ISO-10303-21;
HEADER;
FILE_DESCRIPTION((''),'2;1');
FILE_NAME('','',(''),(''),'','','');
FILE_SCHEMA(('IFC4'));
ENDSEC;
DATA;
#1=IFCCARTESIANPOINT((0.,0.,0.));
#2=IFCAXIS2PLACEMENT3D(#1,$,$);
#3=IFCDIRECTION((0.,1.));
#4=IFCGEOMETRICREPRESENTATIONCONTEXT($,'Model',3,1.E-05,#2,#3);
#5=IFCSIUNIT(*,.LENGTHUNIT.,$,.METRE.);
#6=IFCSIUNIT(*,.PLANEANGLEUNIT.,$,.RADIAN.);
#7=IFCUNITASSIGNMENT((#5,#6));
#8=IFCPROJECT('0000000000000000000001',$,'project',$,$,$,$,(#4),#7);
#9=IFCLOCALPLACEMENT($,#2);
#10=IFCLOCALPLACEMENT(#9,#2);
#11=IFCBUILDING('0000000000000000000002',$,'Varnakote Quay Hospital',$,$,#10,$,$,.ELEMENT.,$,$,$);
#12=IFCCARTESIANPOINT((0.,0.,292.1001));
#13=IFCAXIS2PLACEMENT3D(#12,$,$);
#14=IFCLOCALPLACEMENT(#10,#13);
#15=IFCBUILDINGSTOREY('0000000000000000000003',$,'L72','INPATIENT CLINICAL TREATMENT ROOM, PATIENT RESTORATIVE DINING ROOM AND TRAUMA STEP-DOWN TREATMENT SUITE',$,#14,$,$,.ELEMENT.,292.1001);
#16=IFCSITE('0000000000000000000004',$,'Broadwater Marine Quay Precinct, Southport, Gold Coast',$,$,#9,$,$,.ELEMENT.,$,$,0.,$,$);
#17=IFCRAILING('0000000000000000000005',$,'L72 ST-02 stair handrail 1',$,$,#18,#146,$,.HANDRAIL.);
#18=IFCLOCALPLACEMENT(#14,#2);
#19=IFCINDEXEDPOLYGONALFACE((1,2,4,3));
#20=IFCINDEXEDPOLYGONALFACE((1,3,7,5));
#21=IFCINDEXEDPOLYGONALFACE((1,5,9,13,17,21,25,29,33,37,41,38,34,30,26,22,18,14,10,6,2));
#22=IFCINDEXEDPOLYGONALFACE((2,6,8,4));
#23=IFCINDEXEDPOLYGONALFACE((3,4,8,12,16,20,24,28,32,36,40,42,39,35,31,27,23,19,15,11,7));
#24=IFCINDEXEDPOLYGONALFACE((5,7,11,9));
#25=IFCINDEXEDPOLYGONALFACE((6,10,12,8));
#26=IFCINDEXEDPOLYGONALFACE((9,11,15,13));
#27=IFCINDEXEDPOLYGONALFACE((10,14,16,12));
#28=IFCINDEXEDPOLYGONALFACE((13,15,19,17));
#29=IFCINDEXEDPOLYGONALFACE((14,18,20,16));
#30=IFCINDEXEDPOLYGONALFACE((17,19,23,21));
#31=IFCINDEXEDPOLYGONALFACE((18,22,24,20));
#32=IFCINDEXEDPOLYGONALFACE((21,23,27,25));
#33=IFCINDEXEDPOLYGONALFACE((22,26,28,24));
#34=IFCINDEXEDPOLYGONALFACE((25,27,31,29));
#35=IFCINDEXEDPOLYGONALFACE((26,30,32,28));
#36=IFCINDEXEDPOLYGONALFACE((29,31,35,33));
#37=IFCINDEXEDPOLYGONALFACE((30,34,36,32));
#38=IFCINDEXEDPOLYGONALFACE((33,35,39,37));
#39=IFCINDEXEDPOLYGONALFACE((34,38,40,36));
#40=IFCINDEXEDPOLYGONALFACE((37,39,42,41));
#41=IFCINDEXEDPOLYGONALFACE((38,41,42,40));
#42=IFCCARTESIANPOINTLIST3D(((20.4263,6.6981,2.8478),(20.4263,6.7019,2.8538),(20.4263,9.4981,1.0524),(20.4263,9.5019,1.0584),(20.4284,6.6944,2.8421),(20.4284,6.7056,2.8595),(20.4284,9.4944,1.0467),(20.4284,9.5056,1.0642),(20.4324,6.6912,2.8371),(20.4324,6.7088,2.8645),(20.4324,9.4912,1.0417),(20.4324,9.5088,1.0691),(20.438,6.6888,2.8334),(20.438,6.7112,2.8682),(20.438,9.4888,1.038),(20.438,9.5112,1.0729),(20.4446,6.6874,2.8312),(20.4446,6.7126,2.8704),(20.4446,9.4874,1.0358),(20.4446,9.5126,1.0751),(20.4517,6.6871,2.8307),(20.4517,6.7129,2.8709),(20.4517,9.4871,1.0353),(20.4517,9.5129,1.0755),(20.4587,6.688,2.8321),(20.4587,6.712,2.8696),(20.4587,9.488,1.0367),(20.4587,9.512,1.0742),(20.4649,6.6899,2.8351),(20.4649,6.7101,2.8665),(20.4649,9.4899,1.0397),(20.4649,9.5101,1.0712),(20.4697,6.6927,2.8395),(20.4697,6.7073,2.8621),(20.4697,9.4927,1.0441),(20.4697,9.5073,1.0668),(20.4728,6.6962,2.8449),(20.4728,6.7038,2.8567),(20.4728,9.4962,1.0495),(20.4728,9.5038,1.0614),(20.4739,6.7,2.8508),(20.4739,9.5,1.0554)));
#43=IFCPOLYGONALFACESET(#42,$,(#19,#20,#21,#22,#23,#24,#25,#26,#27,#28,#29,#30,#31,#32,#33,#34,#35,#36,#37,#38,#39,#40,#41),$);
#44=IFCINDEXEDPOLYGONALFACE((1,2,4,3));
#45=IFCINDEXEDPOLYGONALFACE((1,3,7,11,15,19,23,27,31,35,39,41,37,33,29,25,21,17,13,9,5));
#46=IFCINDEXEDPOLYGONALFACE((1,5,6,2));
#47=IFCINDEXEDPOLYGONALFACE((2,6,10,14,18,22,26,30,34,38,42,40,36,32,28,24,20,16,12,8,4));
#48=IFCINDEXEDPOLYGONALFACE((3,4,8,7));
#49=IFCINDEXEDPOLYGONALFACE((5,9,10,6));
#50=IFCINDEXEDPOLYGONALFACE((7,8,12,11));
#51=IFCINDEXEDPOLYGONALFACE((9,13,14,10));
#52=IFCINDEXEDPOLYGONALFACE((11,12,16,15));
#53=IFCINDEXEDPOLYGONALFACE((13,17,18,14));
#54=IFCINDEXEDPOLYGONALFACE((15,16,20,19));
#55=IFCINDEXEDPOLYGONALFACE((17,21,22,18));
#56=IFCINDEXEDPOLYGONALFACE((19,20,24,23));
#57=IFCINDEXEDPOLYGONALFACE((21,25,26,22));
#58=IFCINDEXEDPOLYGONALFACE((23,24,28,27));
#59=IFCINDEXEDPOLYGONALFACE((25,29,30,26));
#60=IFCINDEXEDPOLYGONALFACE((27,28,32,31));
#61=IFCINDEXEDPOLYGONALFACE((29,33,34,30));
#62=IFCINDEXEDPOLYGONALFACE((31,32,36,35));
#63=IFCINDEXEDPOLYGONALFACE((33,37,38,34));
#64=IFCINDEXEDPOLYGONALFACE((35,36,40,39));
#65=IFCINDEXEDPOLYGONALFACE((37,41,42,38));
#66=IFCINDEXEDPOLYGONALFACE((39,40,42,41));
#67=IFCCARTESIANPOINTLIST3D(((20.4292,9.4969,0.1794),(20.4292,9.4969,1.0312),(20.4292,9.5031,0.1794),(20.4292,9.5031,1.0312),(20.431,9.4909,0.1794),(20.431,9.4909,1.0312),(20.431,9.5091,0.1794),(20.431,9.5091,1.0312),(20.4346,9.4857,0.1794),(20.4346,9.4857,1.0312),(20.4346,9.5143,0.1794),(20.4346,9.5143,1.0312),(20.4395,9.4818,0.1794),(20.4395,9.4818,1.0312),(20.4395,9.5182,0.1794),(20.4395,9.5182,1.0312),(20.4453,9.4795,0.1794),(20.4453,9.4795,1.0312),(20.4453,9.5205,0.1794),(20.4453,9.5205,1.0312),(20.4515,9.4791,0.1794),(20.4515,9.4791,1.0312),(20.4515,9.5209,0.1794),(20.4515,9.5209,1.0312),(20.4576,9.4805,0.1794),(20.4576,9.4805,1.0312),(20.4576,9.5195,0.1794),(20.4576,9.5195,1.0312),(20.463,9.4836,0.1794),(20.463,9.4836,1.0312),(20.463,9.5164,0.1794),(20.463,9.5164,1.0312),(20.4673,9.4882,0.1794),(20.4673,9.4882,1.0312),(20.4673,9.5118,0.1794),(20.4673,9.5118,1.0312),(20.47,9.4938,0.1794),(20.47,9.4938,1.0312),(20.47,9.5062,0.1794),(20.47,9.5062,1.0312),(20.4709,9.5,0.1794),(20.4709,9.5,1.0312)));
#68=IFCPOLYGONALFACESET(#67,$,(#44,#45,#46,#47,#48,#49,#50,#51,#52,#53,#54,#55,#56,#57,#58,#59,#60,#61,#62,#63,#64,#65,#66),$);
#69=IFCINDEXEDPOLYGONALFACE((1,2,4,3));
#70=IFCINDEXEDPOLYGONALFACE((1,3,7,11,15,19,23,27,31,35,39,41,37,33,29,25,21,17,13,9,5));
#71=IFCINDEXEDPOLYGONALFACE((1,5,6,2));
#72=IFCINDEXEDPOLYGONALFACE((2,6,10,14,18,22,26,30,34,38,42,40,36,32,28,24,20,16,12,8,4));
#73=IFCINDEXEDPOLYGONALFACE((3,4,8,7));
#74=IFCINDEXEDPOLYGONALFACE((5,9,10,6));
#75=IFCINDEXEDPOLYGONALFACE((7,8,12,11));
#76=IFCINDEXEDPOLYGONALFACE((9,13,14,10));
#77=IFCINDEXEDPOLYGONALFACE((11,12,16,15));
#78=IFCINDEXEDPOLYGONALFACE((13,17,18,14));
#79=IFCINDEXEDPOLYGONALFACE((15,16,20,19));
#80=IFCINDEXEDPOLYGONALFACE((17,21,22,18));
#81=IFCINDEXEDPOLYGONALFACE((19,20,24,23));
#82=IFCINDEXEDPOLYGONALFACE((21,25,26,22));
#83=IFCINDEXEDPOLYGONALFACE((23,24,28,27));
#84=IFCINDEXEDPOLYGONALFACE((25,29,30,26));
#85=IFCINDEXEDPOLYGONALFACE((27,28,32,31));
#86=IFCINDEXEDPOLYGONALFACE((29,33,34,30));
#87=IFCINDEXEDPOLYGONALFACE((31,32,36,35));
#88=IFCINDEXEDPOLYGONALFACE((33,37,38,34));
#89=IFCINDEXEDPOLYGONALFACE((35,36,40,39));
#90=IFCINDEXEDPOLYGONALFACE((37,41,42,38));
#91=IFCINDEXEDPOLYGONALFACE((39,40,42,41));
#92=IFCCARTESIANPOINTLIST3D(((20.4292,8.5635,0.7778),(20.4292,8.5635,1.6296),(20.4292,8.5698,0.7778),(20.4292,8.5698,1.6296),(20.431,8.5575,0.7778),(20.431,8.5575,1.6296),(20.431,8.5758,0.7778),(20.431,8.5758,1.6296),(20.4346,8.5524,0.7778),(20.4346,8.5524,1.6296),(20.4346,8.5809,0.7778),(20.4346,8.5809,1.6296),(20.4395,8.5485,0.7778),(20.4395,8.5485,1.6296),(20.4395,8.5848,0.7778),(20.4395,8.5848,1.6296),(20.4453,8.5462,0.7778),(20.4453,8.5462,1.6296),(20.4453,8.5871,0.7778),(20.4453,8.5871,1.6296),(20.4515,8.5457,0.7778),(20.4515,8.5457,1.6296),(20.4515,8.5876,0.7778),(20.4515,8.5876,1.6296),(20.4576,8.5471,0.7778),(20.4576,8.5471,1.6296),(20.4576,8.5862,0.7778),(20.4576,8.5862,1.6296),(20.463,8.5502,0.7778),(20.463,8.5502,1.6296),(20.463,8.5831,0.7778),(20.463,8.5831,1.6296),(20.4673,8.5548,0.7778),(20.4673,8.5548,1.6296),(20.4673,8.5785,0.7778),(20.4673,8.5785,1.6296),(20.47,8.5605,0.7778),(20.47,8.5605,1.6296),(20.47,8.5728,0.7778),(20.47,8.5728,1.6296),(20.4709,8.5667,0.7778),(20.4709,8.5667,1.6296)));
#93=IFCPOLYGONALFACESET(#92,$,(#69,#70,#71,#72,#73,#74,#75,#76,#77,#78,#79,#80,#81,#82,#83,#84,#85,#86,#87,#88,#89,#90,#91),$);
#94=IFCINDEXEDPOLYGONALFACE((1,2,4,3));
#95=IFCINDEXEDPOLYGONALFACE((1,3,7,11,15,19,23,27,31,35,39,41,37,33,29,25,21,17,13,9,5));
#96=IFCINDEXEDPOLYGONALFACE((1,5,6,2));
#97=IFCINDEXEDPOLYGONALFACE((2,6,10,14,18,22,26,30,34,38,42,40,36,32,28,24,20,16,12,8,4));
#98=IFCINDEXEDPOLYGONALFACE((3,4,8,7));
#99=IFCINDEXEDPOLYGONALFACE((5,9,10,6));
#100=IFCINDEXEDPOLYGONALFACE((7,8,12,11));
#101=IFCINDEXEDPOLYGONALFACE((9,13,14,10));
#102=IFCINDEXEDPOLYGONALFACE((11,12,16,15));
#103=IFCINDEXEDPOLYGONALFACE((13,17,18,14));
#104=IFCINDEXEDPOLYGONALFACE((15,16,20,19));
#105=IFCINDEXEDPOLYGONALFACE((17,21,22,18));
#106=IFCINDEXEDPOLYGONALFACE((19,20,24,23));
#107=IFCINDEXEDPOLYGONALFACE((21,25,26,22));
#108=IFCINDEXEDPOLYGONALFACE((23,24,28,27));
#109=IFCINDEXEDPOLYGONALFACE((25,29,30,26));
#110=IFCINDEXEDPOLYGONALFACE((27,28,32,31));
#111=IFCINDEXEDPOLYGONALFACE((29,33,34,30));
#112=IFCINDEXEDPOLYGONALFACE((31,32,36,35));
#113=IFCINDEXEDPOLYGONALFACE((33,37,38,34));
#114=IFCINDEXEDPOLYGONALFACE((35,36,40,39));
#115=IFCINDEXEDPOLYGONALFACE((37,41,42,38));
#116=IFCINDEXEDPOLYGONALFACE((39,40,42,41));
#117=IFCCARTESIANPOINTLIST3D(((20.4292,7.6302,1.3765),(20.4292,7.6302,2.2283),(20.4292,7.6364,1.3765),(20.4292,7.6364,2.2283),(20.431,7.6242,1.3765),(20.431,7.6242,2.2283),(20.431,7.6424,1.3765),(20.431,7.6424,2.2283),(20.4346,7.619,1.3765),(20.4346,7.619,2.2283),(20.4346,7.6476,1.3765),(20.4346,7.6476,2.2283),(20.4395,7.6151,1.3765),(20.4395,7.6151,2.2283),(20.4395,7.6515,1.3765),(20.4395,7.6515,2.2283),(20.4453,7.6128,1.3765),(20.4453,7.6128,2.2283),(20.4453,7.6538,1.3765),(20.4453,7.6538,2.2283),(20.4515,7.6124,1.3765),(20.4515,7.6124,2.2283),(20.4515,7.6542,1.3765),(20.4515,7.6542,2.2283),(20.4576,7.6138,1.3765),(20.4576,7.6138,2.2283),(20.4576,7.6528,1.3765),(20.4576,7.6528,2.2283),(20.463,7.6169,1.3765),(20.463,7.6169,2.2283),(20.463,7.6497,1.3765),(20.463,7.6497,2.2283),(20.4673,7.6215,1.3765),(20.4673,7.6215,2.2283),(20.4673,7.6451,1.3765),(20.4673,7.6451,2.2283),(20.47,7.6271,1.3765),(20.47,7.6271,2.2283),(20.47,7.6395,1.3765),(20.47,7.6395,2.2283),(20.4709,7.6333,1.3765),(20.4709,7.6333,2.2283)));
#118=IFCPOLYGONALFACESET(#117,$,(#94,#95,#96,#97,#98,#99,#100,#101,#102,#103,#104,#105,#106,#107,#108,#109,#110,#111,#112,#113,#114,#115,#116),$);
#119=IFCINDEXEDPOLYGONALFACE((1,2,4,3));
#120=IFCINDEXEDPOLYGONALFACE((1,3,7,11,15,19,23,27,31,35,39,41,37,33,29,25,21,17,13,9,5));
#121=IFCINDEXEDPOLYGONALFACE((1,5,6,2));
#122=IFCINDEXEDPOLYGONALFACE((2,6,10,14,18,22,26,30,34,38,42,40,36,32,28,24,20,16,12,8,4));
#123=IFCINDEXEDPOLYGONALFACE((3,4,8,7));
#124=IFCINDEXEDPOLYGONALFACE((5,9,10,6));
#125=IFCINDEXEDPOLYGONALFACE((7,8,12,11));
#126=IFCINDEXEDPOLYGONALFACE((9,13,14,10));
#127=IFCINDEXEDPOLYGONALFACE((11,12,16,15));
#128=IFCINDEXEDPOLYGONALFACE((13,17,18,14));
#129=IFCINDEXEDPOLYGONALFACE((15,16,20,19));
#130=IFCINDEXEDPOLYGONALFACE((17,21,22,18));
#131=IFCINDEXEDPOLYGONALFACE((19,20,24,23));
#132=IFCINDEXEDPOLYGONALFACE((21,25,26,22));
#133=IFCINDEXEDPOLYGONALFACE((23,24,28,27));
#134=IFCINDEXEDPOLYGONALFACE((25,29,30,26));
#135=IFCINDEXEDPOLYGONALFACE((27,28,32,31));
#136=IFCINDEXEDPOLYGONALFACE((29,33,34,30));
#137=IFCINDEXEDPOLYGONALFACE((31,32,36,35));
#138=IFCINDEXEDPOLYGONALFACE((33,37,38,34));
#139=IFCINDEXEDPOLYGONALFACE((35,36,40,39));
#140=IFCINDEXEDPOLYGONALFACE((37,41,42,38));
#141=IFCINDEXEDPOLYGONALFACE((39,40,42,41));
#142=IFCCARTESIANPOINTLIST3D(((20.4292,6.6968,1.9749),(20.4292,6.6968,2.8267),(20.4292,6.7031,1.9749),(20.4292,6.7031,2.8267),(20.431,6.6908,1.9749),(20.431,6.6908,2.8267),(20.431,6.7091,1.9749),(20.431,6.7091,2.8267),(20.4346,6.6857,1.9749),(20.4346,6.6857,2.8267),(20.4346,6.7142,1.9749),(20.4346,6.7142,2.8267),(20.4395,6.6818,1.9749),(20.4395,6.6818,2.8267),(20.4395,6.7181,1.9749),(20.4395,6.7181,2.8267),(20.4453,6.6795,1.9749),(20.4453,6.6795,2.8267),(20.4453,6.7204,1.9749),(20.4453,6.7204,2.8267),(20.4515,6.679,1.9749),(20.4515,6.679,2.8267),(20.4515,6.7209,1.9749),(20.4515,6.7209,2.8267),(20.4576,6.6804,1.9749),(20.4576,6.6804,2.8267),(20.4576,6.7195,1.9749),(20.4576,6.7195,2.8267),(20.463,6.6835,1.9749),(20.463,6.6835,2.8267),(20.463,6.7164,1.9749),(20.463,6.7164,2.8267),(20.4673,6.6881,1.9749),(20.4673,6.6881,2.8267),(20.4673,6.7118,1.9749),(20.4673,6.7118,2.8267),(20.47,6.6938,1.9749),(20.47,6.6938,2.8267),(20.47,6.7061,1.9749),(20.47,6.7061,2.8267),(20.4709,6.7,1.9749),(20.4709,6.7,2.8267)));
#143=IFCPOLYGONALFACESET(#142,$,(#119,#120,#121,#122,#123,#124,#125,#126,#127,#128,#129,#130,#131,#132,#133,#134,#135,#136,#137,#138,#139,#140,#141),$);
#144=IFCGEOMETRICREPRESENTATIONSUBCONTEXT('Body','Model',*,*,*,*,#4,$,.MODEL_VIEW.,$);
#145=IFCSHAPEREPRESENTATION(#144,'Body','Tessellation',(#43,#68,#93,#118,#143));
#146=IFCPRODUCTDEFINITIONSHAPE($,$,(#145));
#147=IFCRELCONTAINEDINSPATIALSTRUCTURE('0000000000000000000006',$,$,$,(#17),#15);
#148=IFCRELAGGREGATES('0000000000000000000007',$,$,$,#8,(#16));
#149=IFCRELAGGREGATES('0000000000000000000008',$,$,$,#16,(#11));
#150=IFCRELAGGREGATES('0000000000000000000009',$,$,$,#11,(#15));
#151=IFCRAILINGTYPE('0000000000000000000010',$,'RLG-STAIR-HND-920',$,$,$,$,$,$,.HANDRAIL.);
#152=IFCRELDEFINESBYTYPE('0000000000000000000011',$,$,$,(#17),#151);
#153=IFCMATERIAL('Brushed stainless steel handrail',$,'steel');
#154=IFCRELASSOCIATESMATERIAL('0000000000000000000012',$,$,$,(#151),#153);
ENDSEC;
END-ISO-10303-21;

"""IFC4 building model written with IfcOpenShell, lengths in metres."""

from ifc_helpers import new_model, si_unit, direction, frame, origin, origin_2d, place, context, subcontext, project, spatial, circle, extrude, material, type_object, element, save


model = new_model("IFC4")

# Units and contexts
model_context = context("Model", 3, precision=1e-05, world=origin(), true_north=direction((0.0, 1.0)))
body_context = subcontext(model_context, "Body", "Model", "MODEL_VIEW")
ifc_project = project(units=[si_unit("LENGTHUNIT", "METRE"), si_unit("PLANEANGLEUNIT", "RADIAN")], contexts=[model_context])

# Site, building, storey
site_placement = place(None, origin())
site = spatial("IfcSite", under=ifc_project, at=site_placement, Name="Broadwater Marine Quay Precinct, Southport, Gold Coast", CompositionType="ELEMENT", RefElevation=0.0)
building_placement = place(site_placement, origin())
building = spatial("IfcBuilding", under=site, at=building_placement, Name="Varnakote Quay Hospital", CompositionType="ELEMENT")
storey_placement = place(building_placement, frame((0.0, 0.0, 292.1001)))
storey = spatial("IfcBuildingStorey", under=building, at=storey_placement, Name="L72", Description="INPATIENT CLINICAL TREATMENT ROOM, PATIENT RESTORATIVE DINING ROOM AND TRAUMA STEP-DOWN TREATMENT SUITE", CompositionType="ELEMENT", Elevation=292.1001)

# Railing
ifc_material_1 = material(Name="Brushed stainless steel handrail", Category="steel")
railing_type_1 = type_object("IfcRailingType", Name="RLG-STAIR-HND-920", PredefinedType="HANDRAIL", material=ifc_material_1)
railing_1_placement = place(storey_placement, frame((20.45, 9.5, 0.1794)))
element("IfcRailing", 1, at=railing_1_placement, inside=storey, type_object=railing_type_1, Name="L72 ST-02 stair handrail 1", PredefinedType="HANDRAIL", context=body_context, shape_type="SweptSolid", body=[
    extrude(circle(Radius=0.0239, at=origin_2d()), frame((0.0, 0.0, 0.876), z_axis=(0.0, -0.84181, 0.539774), x_axis=(1.0, 0.0, 0.0)), (0.0, 0.0, 1.0), 3.3262),
    extrude(circle(Radius=0.021, at=origin_2d()), origin(), (0.0, 0.0, 1.0), 0.8518),
    extrude(circle(Radius=0.021, at=origin_2d()), frame((0.0, -0.9333, 0.5984)), (0.0, 0.0, 1.0), 0.8518),
    extrude(circle(Radius=0.021, at=origin_2d()), frame((0.0, -1.8667, 1.197)), (0.0, 0.0, 1.0), 0.8518),
    extrude(circle(Radius=0.021, at=origin_2d()), frame((0.0, -2.8, 1.7954)), (0.0, 0.0, 1.0), 0.8518),
])

save(model, "model.ifc")
